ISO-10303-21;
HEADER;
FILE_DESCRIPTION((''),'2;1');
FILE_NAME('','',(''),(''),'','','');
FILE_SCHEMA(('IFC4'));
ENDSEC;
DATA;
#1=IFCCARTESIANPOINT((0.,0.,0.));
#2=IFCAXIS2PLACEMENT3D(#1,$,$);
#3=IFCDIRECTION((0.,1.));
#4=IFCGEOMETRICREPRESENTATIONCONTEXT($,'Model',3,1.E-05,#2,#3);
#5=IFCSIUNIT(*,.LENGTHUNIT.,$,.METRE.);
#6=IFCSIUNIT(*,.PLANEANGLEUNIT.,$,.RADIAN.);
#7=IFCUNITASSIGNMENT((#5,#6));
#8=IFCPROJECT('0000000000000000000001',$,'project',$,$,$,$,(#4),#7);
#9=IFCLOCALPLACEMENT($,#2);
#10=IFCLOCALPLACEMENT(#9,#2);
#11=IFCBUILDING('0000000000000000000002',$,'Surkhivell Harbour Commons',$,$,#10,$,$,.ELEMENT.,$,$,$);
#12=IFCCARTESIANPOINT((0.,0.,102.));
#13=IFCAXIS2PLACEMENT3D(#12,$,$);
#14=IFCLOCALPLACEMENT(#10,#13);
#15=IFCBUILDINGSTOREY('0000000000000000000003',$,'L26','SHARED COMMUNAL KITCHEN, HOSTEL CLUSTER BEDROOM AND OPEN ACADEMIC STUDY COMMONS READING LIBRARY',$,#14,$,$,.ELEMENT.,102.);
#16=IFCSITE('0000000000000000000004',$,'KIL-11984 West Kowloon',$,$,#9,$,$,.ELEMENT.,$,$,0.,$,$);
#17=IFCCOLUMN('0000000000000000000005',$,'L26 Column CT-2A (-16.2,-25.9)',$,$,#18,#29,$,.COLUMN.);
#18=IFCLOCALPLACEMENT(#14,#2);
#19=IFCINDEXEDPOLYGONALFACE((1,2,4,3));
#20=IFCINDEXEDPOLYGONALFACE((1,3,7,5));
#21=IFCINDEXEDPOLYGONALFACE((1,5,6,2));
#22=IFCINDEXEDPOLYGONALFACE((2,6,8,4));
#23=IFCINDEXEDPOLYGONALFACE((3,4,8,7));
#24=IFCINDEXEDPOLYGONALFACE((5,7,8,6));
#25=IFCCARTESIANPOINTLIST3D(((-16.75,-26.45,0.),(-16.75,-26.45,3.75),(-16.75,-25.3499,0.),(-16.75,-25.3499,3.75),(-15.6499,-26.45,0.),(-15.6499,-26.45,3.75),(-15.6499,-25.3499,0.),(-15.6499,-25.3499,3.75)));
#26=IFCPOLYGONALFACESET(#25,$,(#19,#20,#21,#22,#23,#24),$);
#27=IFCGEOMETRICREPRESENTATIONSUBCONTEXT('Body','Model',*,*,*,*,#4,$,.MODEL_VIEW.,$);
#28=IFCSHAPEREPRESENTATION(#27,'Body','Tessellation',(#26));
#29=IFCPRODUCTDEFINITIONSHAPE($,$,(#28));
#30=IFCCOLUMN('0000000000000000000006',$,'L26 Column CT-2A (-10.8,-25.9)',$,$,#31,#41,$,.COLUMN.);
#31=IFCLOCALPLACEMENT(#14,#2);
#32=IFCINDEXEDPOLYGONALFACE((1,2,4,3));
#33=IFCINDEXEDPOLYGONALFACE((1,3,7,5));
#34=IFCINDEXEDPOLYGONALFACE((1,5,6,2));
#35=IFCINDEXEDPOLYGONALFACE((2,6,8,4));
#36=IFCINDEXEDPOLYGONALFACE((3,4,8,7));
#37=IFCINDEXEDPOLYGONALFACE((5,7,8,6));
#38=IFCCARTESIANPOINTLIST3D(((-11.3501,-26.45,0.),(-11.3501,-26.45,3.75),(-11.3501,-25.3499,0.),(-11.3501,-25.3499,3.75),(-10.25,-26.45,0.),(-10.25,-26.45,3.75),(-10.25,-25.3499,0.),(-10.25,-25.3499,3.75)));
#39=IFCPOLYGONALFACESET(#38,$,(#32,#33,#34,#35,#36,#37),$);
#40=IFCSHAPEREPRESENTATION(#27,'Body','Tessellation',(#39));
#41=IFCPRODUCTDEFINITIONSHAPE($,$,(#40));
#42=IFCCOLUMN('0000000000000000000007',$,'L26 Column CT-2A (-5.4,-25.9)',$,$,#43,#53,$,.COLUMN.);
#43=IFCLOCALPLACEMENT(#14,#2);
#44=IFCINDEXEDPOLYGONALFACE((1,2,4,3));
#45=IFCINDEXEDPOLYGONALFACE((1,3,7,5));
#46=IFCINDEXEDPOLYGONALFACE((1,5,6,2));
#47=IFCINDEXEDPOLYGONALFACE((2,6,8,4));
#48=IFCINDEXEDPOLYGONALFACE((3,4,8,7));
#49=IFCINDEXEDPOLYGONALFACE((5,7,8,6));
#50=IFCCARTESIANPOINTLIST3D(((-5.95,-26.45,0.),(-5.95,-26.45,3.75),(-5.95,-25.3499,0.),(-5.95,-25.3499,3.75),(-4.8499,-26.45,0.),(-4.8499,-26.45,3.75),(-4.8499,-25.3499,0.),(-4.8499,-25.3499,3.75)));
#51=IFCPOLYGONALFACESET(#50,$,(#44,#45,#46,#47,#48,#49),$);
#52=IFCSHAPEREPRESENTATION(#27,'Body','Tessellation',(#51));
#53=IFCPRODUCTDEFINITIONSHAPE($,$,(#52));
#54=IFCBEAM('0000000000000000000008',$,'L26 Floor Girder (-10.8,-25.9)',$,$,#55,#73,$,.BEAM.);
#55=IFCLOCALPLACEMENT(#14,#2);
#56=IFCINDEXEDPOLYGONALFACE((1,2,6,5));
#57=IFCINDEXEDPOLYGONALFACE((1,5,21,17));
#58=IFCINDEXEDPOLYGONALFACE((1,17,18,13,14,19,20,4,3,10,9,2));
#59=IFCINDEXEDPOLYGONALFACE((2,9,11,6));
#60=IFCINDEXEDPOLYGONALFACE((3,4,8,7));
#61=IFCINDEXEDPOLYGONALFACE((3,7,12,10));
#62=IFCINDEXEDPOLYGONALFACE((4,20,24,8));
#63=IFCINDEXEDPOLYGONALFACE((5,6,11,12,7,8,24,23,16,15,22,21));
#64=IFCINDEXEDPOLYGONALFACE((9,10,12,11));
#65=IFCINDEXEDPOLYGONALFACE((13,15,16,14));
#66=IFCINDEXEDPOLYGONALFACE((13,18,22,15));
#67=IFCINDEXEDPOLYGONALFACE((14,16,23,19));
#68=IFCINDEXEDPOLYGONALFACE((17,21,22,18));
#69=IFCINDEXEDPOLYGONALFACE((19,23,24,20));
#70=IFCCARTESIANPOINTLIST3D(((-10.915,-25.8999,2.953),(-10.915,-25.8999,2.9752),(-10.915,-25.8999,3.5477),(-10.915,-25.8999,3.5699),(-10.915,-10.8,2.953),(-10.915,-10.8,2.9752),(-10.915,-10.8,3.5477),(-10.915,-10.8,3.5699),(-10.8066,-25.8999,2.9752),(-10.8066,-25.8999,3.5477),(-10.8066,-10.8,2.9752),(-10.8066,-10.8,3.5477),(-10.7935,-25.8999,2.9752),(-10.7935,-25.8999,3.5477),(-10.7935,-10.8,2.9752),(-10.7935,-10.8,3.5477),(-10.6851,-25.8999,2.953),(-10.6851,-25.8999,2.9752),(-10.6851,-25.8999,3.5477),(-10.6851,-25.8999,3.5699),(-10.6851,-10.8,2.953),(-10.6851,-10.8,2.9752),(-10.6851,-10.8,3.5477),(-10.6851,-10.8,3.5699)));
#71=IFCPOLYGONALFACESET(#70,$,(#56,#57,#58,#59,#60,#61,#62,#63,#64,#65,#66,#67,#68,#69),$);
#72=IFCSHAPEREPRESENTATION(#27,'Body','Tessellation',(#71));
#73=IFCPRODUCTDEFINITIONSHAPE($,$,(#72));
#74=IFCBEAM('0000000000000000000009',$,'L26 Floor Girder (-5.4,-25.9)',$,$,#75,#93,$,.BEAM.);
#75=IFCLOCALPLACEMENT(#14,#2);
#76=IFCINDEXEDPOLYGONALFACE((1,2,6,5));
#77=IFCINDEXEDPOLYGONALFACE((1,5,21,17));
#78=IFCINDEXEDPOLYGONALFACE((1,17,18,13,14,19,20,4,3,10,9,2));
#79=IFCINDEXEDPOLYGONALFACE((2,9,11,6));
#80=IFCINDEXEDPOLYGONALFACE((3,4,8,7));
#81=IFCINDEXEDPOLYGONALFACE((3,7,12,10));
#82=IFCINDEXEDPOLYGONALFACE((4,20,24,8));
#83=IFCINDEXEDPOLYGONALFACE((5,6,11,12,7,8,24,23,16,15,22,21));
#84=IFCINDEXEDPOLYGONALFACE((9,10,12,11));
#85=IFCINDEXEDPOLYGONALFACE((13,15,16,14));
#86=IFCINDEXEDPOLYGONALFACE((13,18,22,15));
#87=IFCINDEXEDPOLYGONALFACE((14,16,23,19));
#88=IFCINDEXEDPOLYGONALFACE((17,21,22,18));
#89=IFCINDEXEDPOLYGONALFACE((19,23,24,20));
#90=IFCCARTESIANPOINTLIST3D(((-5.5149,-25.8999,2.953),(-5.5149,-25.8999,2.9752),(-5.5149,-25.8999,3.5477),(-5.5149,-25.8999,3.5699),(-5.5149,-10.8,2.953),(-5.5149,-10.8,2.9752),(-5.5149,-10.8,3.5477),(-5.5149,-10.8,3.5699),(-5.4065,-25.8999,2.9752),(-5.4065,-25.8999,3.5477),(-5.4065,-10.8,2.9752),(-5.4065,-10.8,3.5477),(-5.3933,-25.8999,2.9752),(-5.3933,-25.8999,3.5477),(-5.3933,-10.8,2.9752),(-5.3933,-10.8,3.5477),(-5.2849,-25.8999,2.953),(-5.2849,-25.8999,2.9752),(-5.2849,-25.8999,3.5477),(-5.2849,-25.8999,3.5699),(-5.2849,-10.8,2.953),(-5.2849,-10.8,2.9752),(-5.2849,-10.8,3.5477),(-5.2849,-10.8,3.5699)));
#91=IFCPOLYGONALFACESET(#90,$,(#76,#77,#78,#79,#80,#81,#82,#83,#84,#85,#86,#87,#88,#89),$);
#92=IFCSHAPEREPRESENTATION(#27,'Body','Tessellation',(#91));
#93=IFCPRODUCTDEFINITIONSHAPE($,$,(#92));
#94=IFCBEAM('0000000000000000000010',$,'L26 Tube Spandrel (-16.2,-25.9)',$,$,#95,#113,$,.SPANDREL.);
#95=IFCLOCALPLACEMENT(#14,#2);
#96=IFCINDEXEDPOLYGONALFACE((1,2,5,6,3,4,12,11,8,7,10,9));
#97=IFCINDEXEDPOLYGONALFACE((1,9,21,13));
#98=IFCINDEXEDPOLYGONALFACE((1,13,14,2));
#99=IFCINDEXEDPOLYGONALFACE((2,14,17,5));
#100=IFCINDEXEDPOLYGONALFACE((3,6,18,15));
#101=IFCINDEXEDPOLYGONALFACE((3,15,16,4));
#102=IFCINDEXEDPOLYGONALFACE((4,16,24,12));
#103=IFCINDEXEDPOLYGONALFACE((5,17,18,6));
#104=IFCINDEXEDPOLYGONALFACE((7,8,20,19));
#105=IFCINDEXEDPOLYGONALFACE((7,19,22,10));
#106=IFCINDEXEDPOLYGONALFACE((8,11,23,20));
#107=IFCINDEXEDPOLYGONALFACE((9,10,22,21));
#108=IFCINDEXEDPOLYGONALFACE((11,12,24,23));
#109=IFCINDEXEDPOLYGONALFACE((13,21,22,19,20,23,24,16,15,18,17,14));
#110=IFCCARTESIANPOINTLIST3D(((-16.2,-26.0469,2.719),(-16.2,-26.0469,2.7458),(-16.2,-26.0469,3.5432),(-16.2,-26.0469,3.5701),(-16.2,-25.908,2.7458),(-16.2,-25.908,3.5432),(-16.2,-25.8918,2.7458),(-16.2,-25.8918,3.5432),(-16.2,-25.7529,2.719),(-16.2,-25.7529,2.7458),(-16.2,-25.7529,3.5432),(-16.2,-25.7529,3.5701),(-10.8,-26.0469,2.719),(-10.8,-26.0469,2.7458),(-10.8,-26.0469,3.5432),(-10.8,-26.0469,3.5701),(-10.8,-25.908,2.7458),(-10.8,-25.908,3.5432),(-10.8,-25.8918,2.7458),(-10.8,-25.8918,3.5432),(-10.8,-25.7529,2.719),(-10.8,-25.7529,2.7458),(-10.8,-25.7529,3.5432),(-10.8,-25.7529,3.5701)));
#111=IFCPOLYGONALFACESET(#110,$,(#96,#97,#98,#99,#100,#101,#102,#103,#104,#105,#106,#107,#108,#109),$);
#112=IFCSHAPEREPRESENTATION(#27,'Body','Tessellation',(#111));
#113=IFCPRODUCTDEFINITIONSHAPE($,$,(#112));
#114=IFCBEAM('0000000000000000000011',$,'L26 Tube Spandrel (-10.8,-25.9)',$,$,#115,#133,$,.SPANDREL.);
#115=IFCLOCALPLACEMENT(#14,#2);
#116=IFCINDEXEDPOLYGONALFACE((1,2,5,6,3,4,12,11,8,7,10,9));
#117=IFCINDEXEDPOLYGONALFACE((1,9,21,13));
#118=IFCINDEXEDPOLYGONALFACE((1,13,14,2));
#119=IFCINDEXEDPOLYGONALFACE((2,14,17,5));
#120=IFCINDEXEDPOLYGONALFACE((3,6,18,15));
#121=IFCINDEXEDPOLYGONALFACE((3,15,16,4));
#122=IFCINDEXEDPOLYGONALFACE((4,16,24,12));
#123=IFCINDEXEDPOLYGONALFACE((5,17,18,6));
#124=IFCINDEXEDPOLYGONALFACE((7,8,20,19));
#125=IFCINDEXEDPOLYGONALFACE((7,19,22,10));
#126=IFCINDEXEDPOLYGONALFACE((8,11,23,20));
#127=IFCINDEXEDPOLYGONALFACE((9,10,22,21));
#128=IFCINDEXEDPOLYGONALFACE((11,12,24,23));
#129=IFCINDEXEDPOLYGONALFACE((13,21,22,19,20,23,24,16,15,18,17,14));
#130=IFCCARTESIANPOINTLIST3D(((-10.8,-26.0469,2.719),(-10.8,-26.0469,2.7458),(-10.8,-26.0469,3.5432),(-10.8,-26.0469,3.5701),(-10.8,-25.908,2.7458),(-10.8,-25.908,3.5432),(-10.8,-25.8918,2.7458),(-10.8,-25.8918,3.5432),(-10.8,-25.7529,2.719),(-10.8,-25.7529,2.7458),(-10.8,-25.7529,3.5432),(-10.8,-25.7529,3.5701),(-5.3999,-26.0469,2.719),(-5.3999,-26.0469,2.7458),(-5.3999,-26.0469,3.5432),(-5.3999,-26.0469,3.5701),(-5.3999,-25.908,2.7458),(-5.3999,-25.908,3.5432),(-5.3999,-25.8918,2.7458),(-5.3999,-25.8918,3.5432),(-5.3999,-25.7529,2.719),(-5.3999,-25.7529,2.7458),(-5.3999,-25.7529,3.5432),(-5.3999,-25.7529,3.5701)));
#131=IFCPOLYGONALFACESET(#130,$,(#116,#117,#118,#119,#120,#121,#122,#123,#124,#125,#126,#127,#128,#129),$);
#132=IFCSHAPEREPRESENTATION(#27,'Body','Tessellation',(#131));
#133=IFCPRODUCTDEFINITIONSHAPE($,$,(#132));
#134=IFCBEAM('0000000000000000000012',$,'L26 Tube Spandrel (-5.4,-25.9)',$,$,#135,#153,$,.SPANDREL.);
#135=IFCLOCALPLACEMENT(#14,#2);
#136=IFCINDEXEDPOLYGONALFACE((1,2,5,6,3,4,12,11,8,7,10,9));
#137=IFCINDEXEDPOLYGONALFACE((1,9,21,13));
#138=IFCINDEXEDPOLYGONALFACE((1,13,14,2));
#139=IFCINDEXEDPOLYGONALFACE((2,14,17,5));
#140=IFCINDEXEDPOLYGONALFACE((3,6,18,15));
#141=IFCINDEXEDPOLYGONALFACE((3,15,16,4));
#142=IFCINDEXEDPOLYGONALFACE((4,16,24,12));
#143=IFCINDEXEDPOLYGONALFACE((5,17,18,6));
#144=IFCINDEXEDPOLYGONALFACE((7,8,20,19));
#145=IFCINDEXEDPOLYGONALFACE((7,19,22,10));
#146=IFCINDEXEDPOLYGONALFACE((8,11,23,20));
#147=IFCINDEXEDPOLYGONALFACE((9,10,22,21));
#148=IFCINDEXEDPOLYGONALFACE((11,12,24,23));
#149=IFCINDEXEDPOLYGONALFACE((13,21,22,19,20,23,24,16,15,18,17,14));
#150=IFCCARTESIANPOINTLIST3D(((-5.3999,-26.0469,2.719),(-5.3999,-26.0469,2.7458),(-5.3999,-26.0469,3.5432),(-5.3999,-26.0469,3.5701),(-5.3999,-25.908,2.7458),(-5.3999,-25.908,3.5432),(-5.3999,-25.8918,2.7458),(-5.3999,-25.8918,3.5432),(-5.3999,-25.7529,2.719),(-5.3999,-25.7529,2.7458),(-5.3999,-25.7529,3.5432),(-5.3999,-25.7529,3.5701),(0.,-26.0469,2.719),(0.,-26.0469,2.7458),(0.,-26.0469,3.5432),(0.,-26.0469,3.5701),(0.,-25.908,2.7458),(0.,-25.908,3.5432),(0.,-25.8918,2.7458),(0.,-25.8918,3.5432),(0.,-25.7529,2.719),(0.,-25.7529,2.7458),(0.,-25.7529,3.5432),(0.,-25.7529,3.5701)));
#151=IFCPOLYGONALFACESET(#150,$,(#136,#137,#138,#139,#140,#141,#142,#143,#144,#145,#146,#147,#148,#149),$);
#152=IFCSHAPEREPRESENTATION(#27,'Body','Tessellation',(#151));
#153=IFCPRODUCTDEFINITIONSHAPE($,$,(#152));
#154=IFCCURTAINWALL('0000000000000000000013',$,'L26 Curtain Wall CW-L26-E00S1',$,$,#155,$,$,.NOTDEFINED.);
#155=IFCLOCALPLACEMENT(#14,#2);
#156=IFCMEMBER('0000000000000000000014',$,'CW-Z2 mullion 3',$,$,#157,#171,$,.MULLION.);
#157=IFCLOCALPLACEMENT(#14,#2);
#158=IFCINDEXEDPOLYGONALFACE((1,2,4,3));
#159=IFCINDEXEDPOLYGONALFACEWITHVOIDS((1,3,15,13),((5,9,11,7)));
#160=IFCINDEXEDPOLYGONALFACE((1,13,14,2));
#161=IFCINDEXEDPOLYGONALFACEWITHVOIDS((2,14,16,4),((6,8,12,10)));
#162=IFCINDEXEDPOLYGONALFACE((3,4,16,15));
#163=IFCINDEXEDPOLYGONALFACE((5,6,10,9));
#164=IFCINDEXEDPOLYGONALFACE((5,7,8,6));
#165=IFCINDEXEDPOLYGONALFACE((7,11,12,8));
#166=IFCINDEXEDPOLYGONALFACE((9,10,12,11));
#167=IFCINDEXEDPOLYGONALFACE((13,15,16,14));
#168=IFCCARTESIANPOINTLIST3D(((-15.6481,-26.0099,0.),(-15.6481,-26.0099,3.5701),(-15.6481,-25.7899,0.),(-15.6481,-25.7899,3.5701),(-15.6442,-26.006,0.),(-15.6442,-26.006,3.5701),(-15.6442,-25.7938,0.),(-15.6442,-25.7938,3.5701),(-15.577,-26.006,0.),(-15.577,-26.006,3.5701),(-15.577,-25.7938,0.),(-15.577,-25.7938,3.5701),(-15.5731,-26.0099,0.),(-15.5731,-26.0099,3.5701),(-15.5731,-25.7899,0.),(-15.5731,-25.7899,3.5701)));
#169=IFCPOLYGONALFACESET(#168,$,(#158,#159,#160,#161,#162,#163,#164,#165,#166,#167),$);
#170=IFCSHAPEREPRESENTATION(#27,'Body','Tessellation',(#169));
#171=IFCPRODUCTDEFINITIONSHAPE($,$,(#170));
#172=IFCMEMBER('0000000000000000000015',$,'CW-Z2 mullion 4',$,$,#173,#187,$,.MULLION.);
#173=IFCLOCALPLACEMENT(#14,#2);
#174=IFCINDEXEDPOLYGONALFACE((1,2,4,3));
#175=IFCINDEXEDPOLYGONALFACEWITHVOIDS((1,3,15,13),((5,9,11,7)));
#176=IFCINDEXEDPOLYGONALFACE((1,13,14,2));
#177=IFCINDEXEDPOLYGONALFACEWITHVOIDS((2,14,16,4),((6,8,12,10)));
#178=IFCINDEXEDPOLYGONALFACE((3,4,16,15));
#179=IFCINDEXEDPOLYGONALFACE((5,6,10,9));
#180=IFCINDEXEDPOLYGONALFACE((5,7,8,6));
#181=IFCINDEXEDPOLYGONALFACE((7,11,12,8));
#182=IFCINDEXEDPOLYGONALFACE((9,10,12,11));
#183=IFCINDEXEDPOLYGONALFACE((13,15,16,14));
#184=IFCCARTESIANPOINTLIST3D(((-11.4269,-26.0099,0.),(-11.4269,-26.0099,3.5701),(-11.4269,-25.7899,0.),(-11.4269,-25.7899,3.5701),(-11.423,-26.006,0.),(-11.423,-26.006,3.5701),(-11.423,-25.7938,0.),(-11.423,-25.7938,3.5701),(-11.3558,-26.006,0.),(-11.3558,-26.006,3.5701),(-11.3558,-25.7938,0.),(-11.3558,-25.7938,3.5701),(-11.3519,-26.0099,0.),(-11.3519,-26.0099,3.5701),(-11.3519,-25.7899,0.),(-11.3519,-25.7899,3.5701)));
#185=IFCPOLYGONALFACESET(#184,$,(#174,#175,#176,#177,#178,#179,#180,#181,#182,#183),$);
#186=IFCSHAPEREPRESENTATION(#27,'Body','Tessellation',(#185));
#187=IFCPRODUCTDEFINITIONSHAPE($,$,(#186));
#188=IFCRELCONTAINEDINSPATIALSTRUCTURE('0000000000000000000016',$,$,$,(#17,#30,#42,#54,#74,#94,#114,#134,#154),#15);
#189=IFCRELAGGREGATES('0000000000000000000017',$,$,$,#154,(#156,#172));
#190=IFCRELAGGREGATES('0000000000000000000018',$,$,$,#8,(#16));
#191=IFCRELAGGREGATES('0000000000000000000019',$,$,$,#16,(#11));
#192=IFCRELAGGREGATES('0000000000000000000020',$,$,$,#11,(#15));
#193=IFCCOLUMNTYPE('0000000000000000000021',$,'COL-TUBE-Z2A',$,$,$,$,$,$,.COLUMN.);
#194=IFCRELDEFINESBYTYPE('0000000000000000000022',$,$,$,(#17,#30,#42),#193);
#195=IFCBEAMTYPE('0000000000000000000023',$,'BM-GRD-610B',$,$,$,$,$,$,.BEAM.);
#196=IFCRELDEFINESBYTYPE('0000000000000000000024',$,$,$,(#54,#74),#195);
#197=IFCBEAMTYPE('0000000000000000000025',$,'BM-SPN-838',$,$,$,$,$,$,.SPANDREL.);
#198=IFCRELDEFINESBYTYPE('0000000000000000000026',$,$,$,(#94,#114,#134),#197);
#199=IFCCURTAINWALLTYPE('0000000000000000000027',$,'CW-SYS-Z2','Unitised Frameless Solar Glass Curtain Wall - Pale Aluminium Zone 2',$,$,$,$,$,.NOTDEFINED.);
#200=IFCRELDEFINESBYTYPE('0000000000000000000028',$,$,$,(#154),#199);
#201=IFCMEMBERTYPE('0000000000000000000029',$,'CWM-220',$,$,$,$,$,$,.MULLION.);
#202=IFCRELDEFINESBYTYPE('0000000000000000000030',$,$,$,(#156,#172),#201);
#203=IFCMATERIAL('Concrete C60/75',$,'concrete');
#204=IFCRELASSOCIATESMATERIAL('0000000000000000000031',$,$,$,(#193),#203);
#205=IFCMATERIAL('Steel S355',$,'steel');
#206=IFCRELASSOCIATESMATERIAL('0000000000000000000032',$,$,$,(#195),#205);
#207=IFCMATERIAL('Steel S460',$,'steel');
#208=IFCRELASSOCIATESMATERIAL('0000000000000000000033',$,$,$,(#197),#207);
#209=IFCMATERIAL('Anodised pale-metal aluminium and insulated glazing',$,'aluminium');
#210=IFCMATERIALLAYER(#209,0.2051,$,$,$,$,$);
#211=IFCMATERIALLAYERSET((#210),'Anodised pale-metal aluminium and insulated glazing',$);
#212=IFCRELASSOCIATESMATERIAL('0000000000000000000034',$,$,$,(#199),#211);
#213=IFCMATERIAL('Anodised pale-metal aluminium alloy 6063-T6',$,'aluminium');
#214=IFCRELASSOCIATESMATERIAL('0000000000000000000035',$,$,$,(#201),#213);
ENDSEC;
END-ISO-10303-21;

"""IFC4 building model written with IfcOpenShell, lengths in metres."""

from ifc_helpers import new_model, si_unit, direction, frame, origin, origin_2d, place, context, subcontext, project, spatial, rectangle, hollow_rectangle, i_section, extrude, material, layer, layer_set, material_profile, profile_set, type_object, element, aggregate, save


model = new_model("IFC4")

# Units and contexts
model_context = context("Model", 3, precision=1e-05, world=origin(), true_north=direction((0.0, 1.0)))
body_context = subcontext(model_context, "Body", "Model", "MODEL_VIEW")
ifc_project = project(units=[si_unit("LENGTHUNIT", "METRE"), si_unit("PLANEANGLEUNIT", "RADIAN")], contexts=[model_context])

# Site, building, storey
site_placement = place(None, origin())
site = spatial("IfcSite", under=ifc_project, at=site_placement, Name="KIL-11984 West Kowloon", CompositionType="ELEMENT", RefElevation=0.0)
building_placement = place(site_placement, origin())
building = spatial("IfcBuilding", under=site, at=building_placement, Name="Surkhivell Harbour Commons", CompositionType="ELEMENT")
storey_placement = place(building_placement, frame((0.0, 0.0, 102.0)))
storey = spatial("IfcBuildingStorey", under=building, at=storey_placement, Name="L26", Description="SHARED COMMUNAL KITCHEN, HOSTEL CLUSTER BEDROOM AND OPEN ACADEMIC STUDY COMMONS READING LIBRARY", CompositionType="ELEMENT", Elevation=102.0)

# Columns
ifc_material_1 = material(Name="Concrete C60/75", Category="concrete")
ifc_material_profile_1 = material_profile(ifc_material_1, rectangle(XDim=1.1001, YDim=1.1001, at=origin_2d()), Name="RC-COL-1100x1100")
ifc_profile_set_1 = profile_set([ifc_material_profile_1], Name="Concrete C60/75")
column_type = type_object("IfcColumnType", Name="COL-TUBE-Z2A", PredefinedType="COLUMN", material=ifc_profile_set_1)
for number, where, z_axis, x_axis, name in (
    (1, (-16.2, -25.8999, 0.0), (0.0, 0.0, 1.0), (1.0, 0.0, 0.0), "L26 Column CT-2A (-16.2,-25.9)"),
    (2, (-10.8, -25.8999, 0.0), (0.0, 0.0, 1.0), (1.0, 0.0, 0.0), "L26 Column CT-2A (-10.8,-25.9)"),
    (3, (-5.3999, -25.8999, 0.0), (0.0, 0.0, 1.0), (1.0, 0.0, 0.0), "L26 Column CT-2A (-5.4,-25.9)"),
):
    element("IfcColumn", number, at=place(storey_placement, frame(where, z_axis=z_axis, x_axis=x_axis)), inside=storey, type_object=column_type, Name=name, PredefinedType="COLUMN", context=body_context, shape_type="SweptSolid", body=[
        extrude(rectangle(XDim=1.1001, YDim=1.1001, at=origin_2d()), origin(), (0.0, 0.0, 1.0), 3.75),
    ])

# Beams
ifc_material_2 = material(Name="Steel S355", Category="steel")
ifc_material_profile_2 = material_profile(ifc_material_2, i_section(OverallWidth=0.23, OverallDepth=0.6169, WebThickness=0.0132, FlangeThickness=0.0222, at=origin_2d()), Name="UB610x229x140")
ifc_profile_set_2 = profile_set([ifc_material_profile_2], Name="Steel S355")
beam_type_1 = type_object("IfcBeamType", Name="BM-GRD-610B", PredefinedType="BEAM", material=ifc_profile_set_2)
for number, where, z_axis, x_axis, name in (
    (4, (-10.8, -25.8999, 3.2615), (0.0, 1.0, 0.0), (-1.0, 0.0, 0.0), "L26 Floor Girder (-10.8,-25.9)"),
    (5, (-5.3999, -25.8999, 3.2615), (0.0, 1.0, 0.0), (-1.0, 0.0, 0.0), "L26 Floor Girder (-5.4,-25.9)"),
):
    element("IfcBeam", number, at=place(storey_placement, frame(where, z_axis=z_axis, x_axis=x_axis)), inside=storey, type_object=beam_type_1, Name=name, PredefinedType="BEAM", context=body_context, shape_type="SweptSolid", body=[
        extrude(i_section(OverallWidth=0.23, OverallDepth=0.6169, WebThickness=0.0132, FlangeThickness=0.0222, at=origin_2d()), origin(), (0.0, 0.0, 1.0), 15.0999),
    ])
ifc_material_3 = material(Name="Steel S460", Category="steel")
ifc_material_profile_3 = material_profile(ifc_material_3, i_section(OverallWidth=0.2939, OverallDepth=0.8511, WebThickness=0.0161, FlangeThickness=0.0269, at=origin_2d()), Name="UB838x292x226")
ifc_profile_set_3 = profile_set([ifc_material_profile_3], Name="Steel S460")
beam_type_2 = type_object("IfcBeamType", Name="BM-SPN-838", PredefinedType="SPANDREL", material=ifc_profile_set_3)
beam_1_placement = place(storey_placement, frame((-16.2, -25.8999, 3.1445), z_axis=(1.0, 0.0, 0.0), x_axis=(0.0, 1.0, 0.0)))
element("IfcBeam", 6, at=beam_1_placement, inside=storey, type_object=beam_type_2, Name="L26 Tube Spandrel (-16.2,-25.9)", PredefinedType="SPANDREL", context=body_context, shape_type="SweptSolid", body=[
    extrude(i_section(OverallWidth=0.2939, OverallDepth=0.8511, WebThickness=0.0161, FlangeThickness=0.0269, at=origin_2d()), origin(), (0.0, 0.0, 1.0), 5.3999),
])
beam_2_placement = place(storey_placement, frame((-10.8, -25.8999, 3.1445), z_axis=(1.0, 0.0, 0.0), x_axis=(0.0, 1.0, 0.0)))
element("IfcBeam", 7, at=beam_2_placement, inside=storey, type_object=beam_type_2, Name="L26 Tube Spandrel (-10.8,-25.9)", PredefinedType="SPANDREL", context=body_context, shape_type="SweptSolid", body=[
    extrude(i_section(OverallWidth=0.2939, OverallDepth=0.8511, WebThickness=0.0161, FlangeThickness=0.0269, at=origin_2d()), origin(), (0.0, 0.0, 1.0), 5.4001),
])
beam_3_placement = place(storey_placement, frame((-5.3999, -25.8999, 3.1445), z_axis=(1.0, 0.0, 0.0), x_axis=(0.0, 1.0, 0.0)))
element("IfcBeam", 8, at=beam_3_placement, inside=storey, type_object=beam_type_2, Name="L26 Tube Spandrel (-5.4,-25.9)", PredefinedType="SPANDREL", context=body_context, shape_type="SweptSolid", body=[
    extrude(i_section(OverallWidth=0.2939, OverallDepth=0.8511, WebThickness=0.0161, FlangeThickness=0.0269, at=origin_2d()), origin(), (0.0, 0.0, 1.0), 5.3999),
])

# Curtain wall, members
ifc_material_4 = material(Name="Anodised pale-metal aluminium and insulated glazing", Category="aluminium")
ifc_layer_1 = layer(ifc_material_4, 0.2051)
ifc_layer_set_1 = layer_set([ifc_layer_1], Name="Anodised pale-metal aluminium and insulated glazing")
curtain_wall_type = type_object("IfcCurtainWallType", Name="CW-SYS-Z2", Description="Unitised Frameless Solar Glass Curtain Wall - Pale Aluminium Zone 2", PredefinedType="NOTDEFINED", material=ifc_layer_set_1)
curtain_wall_1_placement = place(storey_placement, origin())
curtain_wall_1 = element("IfcCurtainWall", 9, at=curtain_wall_1_placement, inside=storey, type_object=curtain_wall_type, Name="L26 Curtain Wall CW-L26-E00S1", PredefinedType="NOTDEFINED")
ifc_material_5 = material(Name="Anodised pale-metal aluminium alloy 6063-T6", Category="aluminium")
ifc_material_profile_4 = material_profile(ifc_material_5, hollow_rectangle(XDim=0.075, YDim=0.22, WallThickness=0.0039, at=origin_2d()), Name="ALU-MULL-75x220")
ifc_profile_set_4 = profile_set([ifc_material_profile_4], Name="Anodised pale-metal aluminium alloy 6063-T6")
member_type_1 = type_object("IfcMemberType", Name="CWM-220", PredefinedType="MULLION", material=ifc_profile_set_4)
member_1_placement = place(storey_placement, frame((-15.6106, -25.8999, 0.0), z_axis=(0.0, 0.0, 1.0), x_axis=(1.0, 0.0, 0.0)))
member_1 = element("IfcMember", 10, at=member_1_placement, type_object=member_type_1, Name="CW-Z2 mullion 3", PredefinedType="MULLION", context=body_context, shape_type="SweptSolid", body=[
    extrude(hollow_rectangle(XDim=0.075, YDim=0.22, WallThickness=0.0039, at=origin_2d()), origin(), (0.0, 0.0, 1.0), 3.5701),
])
member_2_placement = place(storey_placement, frame((-11.3894, -25.8999, 0.0), z_axis=(0.0, 0.0, 1.0), x_axis=(1.0, 0.0, 0.0)))
member_2 = element("IfcMember", 11, at=member_2_placement, type_object=member_type_1, Name="CW-Z2 mullion 4", PredefinedType="MULLION", context=body_context, shape_type="SweptSolid", body=[
    extrude(hollow_rectangle(XDim=0.075, YDim=0.22, WallThickness=0.0039, at=origin_2d()), origin(), (0.0, 0.0, 1.0), 3.5701),
])

aggregate(curtain_wall_1, [member_1, member_2])

save(model, "model.ifc")
